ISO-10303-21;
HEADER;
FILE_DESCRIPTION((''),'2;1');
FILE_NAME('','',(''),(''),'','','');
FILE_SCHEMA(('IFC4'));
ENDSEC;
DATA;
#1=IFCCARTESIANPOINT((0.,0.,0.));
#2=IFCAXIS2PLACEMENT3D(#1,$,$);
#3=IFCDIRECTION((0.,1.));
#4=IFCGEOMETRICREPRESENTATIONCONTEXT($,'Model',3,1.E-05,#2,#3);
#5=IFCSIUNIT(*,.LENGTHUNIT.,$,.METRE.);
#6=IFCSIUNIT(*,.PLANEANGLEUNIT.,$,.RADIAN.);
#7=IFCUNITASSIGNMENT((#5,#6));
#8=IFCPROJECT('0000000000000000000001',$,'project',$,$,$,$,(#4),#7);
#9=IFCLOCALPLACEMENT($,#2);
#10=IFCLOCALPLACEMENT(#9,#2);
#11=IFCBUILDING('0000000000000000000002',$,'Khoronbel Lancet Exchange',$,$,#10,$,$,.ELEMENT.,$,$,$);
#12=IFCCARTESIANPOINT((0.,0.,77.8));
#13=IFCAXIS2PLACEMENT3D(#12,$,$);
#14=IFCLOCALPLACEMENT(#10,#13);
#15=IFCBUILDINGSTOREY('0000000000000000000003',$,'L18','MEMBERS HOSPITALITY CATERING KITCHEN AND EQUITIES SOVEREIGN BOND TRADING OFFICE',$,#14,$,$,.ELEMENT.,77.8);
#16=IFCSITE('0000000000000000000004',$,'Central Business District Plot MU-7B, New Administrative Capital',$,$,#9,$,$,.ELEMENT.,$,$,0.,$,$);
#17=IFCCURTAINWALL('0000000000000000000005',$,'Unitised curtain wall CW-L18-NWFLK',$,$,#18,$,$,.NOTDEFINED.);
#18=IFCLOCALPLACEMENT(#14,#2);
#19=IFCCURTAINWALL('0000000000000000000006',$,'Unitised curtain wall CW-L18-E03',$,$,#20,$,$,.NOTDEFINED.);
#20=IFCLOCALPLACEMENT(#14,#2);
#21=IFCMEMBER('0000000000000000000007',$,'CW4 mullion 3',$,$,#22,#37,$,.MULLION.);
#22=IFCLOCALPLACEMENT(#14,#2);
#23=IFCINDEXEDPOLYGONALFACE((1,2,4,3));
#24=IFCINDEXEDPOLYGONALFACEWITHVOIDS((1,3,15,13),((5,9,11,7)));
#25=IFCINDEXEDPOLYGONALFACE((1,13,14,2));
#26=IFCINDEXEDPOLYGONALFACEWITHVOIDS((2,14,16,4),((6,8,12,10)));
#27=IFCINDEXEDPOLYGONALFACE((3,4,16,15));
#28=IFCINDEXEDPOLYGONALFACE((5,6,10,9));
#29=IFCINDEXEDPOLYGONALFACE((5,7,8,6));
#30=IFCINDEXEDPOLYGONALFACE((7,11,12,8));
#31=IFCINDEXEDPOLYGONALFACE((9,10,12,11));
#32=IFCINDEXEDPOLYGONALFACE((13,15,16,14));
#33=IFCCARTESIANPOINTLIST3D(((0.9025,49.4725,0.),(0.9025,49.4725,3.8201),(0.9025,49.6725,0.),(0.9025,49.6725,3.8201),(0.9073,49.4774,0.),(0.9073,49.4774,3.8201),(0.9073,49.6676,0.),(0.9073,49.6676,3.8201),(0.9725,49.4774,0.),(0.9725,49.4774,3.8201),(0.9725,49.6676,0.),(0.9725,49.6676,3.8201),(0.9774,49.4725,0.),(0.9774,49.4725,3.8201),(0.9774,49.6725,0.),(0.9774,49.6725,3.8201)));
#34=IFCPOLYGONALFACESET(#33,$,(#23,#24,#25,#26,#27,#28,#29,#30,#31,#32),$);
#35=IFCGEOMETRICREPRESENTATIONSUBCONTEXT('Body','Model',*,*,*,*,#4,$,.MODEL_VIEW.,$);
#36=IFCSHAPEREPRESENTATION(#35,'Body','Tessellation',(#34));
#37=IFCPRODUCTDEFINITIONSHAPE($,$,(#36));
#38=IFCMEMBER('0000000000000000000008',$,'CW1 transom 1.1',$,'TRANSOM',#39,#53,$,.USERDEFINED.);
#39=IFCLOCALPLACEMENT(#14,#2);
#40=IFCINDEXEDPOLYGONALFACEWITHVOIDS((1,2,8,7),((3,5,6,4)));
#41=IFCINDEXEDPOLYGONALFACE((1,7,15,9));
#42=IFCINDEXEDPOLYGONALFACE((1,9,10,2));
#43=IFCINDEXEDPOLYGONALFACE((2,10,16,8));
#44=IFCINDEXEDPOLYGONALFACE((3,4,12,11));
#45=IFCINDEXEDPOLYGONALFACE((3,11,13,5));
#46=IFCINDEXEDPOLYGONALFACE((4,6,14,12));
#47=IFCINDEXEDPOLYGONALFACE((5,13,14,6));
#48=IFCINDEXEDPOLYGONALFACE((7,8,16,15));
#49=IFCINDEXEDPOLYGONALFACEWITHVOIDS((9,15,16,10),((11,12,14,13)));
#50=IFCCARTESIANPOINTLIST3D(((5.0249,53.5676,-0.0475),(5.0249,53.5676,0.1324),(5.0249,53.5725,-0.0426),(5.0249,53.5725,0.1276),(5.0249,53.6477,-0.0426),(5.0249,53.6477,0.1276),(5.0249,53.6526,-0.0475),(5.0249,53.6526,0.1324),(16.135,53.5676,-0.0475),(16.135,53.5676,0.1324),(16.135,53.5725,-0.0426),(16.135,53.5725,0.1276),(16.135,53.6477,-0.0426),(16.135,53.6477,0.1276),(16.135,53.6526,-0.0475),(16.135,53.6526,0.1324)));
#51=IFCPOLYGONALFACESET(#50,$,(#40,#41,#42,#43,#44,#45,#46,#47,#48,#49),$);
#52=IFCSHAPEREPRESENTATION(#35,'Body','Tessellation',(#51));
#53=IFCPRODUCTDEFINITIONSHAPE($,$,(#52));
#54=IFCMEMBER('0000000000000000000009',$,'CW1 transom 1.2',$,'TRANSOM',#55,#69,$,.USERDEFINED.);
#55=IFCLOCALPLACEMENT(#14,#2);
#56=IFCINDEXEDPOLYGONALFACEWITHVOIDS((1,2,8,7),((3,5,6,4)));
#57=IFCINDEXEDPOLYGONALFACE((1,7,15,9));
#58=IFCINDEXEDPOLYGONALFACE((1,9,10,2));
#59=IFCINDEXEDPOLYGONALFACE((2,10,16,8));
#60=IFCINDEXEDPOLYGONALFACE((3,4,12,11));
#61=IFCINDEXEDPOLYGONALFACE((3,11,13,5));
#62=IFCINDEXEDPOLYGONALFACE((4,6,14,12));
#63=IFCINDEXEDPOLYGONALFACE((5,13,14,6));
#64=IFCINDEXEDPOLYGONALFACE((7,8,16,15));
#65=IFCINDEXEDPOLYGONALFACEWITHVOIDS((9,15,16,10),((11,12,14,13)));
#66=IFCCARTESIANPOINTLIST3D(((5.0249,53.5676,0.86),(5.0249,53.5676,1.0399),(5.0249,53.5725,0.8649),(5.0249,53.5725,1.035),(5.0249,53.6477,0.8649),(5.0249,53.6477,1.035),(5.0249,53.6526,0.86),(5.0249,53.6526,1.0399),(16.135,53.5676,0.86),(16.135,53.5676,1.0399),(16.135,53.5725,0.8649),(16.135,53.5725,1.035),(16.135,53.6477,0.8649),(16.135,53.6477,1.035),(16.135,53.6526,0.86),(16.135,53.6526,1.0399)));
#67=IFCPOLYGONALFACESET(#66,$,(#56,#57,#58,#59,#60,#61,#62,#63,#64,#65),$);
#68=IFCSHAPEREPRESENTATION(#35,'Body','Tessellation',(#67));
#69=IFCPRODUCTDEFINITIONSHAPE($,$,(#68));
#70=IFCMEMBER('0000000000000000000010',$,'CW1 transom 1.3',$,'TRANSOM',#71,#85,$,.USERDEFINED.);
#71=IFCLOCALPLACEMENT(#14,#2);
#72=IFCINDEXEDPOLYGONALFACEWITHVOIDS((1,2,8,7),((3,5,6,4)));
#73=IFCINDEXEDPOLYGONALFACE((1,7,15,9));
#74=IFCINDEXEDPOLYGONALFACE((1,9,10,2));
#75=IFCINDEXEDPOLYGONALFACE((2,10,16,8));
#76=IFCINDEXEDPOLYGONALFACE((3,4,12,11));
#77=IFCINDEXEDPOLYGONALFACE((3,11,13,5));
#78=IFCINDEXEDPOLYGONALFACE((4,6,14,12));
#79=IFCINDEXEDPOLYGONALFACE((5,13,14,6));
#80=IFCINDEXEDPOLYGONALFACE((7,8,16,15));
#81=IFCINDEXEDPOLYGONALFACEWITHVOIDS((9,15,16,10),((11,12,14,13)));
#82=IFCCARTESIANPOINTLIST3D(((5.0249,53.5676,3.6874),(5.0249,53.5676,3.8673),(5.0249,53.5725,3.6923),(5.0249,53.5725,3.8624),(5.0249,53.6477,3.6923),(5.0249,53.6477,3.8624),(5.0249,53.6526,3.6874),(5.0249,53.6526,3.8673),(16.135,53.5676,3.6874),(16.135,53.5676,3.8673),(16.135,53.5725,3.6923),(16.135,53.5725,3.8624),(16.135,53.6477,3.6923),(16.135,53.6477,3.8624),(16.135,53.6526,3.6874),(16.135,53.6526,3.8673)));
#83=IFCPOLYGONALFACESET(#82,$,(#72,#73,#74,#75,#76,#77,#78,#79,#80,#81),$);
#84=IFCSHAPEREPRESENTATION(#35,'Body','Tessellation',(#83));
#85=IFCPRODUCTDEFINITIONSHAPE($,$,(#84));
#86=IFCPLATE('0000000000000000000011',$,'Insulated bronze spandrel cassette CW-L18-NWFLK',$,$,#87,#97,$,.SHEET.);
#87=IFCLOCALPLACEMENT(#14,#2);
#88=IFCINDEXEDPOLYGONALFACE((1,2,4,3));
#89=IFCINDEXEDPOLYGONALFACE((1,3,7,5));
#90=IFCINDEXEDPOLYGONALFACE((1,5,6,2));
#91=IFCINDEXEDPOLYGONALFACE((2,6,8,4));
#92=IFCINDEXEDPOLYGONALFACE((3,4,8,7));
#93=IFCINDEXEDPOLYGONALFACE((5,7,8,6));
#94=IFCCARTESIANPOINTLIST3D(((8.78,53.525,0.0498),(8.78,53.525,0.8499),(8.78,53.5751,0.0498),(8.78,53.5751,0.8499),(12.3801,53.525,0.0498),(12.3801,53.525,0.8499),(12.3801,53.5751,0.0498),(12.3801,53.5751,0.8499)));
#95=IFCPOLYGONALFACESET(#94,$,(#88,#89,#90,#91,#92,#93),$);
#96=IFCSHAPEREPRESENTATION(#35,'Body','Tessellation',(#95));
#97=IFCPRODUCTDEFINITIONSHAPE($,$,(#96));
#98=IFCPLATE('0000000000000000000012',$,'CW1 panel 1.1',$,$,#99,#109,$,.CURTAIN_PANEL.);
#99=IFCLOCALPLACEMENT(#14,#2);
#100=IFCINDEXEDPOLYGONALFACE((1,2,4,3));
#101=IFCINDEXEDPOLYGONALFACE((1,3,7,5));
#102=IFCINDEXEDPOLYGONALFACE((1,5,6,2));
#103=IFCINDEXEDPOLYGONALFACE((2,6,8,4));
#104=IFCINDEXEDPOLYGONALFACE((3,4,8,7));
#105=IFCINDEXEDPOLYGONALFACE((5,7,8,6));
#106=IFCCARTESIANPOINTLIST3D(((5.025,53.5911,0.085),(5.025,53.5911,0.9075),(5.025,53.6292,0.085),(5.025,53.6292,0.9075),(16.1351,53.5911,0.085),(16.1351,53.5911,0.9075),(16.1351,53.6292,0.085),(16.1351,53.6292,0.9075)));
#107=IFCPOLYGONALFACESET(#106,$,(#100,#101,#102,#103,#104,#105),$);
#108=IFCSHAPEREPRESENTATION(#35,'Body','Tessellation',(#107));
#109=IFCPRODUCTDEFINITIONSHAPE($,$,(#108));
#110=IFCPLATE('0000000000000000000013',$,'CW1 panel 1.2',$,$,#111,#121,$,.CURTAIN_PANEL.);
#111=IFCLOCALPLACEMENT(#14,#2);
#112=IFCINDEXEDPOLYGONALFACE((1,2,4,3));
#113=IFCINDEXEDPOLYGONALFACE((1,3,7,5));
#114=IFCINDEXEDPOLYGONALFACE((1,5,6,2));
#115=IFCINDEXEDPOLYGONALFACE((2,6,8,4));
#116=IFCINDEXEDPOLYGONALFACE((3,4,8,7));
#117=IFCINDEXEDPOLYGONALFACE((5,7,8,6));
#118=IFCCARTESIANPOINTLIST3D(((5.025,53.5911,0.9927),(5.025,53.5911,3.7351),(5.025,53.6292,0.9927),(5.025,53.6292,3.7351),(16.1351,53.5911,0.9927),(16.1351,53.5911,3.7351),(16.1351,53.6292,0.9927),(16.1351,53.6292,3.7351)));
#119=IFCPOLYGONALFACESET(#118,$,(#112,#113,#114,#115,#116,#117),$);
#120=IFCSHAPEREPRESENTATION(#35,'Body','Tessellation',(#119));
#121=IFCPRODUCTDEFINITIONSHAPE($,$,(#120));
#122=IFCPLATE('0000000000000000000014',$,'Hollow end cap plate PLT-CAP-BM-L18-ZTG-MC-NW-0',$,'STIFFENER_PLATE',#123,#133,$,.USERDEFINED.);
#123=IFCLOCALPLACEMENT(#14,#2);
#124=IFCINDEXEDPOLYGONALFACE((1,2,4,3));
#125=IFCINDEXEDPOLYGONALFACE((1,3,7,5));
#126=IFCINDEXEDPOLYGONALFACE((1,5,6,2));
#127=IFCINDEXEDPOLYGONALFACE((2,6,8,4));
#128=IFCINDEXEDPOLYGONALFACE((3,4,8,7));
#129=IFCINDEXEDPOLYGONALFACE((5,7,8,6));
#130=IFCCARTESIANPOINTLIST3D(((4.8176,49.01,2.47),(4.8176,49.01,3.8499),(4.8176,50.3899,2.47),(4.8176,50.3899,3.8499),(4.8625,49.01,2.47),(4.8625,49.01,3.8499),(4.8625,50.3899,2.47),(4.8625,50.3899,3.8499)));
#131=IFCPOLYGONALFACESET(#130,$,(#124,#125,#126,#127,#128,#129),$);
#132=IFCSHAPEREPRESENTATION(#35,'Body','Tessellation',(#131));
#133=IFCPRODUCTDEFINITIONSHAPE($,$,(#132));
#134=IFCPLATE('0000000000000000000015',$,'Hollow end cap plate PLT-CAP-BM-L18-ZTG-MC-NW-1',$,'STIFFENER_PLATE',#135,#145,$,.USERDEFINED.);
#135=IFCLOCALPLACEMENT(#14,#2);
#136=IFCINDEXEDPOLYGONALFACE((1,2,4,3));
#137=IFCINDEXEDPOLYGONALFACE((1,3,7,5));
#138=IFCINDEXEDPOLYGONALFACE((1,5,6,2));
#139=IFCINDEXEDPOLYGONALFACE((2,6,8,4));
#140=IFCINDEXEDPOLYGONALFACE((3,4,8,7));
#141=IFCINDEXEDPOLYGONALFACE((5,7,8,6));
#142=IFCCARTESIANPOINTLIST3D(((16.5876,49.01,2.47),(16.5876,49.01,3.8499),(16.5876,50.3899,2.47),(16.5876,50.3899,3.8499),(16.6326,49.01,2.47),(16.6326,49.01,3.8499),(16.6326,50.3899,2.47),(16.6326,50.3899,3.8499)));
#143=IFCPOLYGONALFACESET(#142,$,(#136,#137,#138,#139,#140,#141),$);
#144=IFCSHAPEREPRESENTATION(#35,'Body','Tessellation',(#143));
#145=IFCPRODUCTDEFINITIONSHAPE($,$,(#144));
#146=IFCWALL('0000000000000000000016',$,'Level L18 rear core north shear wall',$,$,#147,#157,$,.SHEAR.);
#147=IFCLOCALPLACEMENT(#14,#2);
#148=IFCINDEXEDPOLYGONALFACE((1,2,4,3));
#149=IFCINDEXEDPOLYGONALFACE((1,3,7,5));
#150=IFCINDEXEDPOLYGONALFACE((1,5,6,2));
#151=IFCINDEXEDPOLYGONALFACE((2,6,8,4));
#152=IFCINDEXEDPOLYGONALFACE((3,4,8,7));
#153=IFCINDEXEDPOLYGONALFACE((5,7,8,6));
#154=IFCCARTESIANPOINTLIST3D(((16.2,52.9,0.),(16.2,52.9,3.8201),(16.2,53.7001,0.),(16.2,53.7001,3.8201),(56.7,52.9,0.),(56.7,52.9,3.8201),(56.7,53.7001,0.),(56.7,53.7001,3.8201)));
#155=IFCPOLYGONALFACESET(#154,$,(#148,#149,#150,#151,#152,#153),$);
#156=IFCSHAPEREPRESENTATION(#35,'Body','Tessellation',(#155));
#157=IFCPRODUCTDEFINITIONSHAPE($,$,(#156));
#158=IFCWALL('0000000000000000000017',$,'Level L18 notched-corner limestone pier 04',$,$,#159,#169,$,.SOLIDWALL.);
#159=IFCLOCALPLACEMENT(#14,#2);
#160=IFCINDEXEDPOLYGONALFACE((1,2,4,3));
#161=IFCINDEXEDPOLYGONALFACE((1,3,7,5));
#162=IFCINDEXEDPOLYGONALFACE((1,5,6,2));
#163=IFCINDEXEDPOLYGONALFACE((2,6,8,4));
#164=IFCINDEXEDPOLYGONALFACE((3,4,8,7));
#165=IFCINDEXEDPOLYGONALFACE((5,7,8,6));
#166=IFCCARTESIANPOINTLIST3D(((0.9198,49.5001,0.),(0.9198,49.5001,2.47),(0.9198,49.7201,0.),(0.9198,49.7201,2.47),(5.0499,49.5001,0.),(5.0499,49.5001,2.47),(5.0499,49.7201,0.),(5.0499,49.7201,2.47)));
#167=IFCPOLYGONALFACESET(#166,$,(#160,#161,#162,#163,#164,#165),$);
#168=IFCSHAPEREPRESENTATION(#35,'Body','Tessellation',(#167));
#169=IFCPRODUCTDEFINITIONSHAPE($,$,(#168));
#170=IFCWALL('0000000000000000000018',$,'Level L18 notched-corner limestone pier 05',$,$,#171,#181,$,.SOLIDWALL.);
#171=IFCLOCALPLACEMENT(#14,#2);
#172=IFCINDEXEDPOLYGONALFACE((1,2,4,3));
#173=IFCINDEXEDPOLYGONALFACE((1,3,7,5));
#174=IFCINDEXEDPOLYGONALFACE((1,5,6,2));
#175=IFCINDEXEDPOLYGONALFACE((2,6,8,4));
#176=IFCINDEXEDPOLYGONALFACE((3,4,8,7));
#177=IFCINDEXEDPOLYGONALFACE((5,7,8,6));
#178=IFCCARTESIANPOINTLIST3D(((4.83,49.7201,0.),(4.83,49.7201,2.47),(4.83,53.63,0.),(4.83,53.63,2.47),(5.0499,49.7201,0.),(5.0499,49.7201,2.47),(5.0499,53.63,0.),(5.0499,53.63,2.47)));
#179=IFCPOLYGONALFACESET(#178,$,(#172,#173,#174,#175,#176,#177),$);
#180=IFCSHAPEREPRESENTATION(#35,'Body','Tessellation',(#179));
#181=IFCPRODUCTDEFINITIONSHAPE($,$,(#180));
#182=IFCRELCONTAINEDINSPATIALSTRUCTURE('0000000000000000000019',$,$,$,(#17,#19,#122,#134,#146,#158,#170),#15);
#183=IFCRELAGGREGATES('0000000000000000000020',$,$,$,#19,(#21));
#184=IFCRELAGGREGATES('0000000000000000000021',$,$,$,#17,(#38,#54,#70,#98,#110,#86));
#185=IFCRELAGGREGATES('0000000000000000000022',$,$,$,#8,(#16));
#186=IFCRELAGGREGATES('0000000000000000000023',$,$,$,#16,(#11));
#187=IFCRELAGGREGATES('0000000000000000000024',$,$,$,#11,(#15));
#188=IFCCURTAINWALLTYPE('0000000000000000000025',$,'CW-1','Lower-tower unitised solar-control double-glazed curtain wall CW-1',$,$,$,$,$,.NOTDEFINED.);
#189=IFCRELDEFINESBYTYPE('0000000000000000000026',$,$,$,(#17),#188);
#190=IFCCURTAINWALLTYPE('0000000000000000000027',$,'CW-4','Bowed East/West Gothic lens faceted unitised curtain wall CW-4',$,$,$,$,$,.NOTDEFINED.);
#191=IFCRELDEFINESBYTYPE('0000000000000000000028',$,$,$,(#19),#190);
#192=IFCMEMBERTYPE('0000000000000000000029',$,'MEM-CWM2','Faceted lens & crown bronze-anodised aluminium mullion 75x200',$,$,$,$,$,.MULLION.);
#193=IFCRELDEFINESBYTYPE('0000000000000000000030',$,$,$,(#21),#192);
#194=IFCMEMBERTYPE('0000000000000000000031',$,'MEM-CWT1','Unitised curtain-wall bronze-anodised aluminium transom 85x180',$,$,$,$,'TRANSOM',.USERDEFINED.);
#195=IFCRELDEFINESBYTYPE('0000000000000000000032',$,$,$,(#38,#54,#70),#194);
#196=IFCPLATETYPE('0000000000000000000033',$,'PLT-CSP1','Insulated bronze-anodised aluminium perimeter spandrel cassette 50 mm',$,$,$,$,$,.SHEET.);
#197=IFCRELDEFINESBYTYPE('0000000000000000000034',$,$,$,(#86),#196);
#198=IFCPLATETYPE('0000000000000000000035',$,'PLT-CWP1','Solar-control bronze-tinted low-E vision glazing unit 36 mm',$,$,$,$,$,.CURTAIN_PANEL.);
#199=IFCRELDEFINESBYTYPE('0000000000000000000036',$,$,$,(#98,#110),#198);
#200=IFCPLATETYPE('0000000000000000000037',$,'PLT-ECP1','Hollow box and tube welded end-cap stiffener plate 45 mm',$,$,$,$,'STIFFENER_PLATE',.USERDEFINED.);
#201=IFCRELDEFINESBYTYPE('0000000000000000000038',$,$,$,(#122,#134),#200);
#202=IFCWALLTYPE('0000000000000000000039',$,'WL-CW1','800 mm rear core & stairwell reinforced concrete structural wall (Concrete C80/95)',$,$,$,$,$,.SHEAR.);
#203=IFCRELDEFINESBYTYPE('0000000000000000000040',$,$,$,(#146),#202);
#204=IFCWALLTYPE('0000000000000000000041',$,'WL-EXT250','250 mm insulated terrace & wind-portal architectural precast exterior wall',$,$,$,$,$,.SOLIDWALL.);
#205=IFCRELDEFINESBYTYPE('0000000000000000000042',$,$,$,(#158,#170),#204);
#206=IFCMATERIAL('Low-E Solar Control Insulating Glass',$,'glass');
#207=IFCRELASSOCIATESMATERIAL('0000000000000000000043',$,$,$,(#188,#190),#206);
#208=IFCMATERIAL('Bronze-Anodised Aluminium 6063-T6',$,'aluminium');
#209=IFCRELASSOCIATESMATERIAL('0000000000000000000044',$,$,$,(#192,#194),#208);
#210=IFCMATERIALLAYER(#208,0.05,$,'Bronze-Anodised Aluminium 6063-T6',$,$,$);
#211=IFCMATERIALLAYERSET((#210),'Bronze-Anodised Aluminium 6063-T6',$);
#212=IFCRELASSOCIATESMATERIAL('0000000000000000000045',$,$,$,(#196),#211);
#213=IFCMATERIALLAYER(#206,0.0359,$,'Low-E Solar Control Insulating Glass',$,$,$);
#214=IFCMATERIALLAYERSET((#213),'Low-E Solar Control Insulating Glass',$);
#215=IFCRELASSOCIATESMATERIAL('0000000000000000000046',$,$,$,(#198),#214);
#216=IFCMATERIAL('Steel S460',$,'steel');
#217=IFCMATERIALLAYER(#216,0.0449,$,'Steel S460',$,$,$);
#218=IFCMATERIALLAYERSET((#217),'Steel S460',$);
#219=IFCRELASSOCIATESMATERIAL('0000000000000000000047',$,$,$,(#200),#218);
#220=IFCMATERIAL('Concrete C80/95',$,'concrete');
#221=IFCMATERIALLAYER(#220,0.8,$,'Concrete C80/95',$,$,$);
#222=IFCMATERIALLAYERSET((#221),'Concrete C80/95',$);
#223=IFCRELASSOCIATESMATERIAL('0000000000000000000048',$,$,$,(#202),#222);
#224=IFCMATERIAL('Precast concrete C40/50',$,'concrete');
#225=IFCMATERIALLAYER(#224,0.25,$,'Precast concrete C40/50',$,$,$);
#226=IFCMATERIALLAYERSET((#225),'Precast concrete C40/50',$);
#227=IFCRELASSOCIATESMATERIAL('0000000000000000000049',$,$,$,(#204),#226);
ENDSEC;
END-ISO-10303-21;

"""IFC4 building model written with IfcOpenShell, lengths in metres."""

from ifc_helpers import new_model, si_unit, direction, frame, frame_2d, origin, origin_2d, place, context, subcontext, project, spatial, rectangle, hollow_rectangle, extrude, material, layer, layer_set, material_profile, profile_set, type_object, element, aggregate, save


model = new_model("IFC4")

# Units and contexts
model_context = context("Model", 3, precision=1e-05, world=origin(), true_north=direction((0.0, 1.0)))
body_context = subcontext(model_context, "Body", "Model", "MODEL_VIEW")
ifc_project = project(units=[si_unit("LENGTHUNIT", "METRE"), si_unit("PLANEANGLEUNIT", "RADIAN")], contexts=[model_context])

# Site, building, storey
site_placement = place(None, origin())
site = spatial("IfcSite", under=ifc_project, at=site_placement, Name="Central Business District Plot MU-7B, New Administrative Capital", CompositionType="ELEMENT", RefElevation=0.0)
building_placement = place(site_placement, origin())
building = spatial("IfcBuilding", under=site, at=building_placement, Name="Khoronbel Lancet Exchange", CompositionType="ELEMENT")
storey_placement = place(building_placement, frame((0.0, 0.0, 77.8)))
storey = spatial("IfcBuildingStorey", under=building, at=storey_placement, Name="L18", Description="MEMBERS HOSPITALITY CATERING KITCHEN AND EQUITIES SOVEREIGN BOND TRADING OFFICE", CompositionType="ELEMENT", Elevation=77.8)

# Shared definitions
ifc_material_1 = material(Name="Steel S460", Category="steel")

# Curtain wall
ifc_material_2 = material(Name="Low-E Solar Control Insulating Glass", Category="glass")
curtain_wall_type_1 = type_object("IfcCurtainWallType", Name="CW-1", Description="Lower-tower unitised solar-control double-glazed curtain wall CW-1", PredefinedType="NOTDEFINED", material=ifc_material_2)
curtain_wall_1_placement = place(storey_placement, origin())
curtain_wall_1 = element("IfcCurtainWall", 1, at=curtain_wall_1_placement, inside=storey, type_object=curtain_wall_type_1, Name="Unitised curtain wall CW-L18-NWFLK", PredefinedType="NOTDEFINED")
ifc_material_3 = material(Name="Bronze-Anodised Aluminium 6063-T6", Category="aluminium")

# Curtain wall, member
curtain_wall_type_2 = type_object("IfcCurtainWallType", Name="CW-4", Description="Bowed East/West Gothic lens faceted unitised curtain wall CW-4", PredefinedType="NOTDEFINED", material=ifc_material_2)
curtain_wall_2_placement = place(storey_placement, origin())
curtain_wall_2 = element("IfcCurtainWall", 2, at=curtain_wall_2_placement, inside=storey, type_object=curtain_wall_type_2, Name="Unitised curtain wall CW-L18-E03", PredefinedType="NOTDEFINED")
ifc_material_profile_1 = material_profile(ifc_material_3, hollow_rectangle(XDim=0.075, YDim=0.2, WallThickness=0.0049, at=origin_2d()), Name="ALU MULLION 75x200")
ifc_profile_set_1 = profile_set([ifc_material_profile_1], Name="Bronze-Anodised Aluminium 6063-T6")
member_type_1 = type_object("IfcMemberType", Name="MEM-CWM2", Description="Faceted lens & crown bronze-anodised aluminium mullion 75x200", PredefinedType="MULLION", material=ifc_profile_set_1)
member_1_placement = place(storey_placement, frame((0.9399, 49.5725, 0.0), z_axis=(0.0, 0.0, 1.0), x_axis=(-1.0, 0.0, 0.0)))
member_1 = element("IfcMember", 3, at=member_1_placement, type_object=member_type_1, Name="CW4 mullion 3", PredefinedType="MULLION", context=body_context, shape_type="SweptSolid", body=[
    extrude(hollow_rectangle(XDim=0.075, YDim=0.2, WallThickness=0.0049, at=origin_2d()), origin(), (0.0, 0.0, 1.0), 3.8201),
])
aggregate(curtain_wall_2, [member_1])

# Members
ifc_material_profile_2 = material_profile(ifc_material_3, hollow_rectangle(XDim=0.085, YDim=0.1799, WallThickness=0.0049, at=origin_2d()), Name="ALU TRANSOM 85x180")
ifc_profile_set_2 = profile_set([ifc_material_profile_2], Name="Bronze-Anodised Aluminium 6063-T6")
member_type_2 = type_object("IfcMemberType", Name="MEM-CWT1", Description="Unitised curtain-wall bronze-anodised aluminium transom 85x180", ElementType="TRANSOM", PredefinedType="USERDEFINED", material=ifc_profile_set_2)
member_2_placement = place(storey_placement, frame((16.135, 53.6101, 0.0425), z_axis=(-1.0, 0.0, 0.0), x_axis=(0.0, -1.0, 0.0)))
member_2 = element("IfcMember", 4, at=member_2_placement, type_object=member_type_2, Name="CW1 transom 1.1", ObjectType="TRANSOM", PredefinedType="USERDEFINED", context=body_context, shape_type="SweptSolid", body=[
    extrude(hollow_rectangle(XDim=0.085, YDim=0.1799, WallThickness=0.0049, at=origin_2d()), origin(), (0.0, 0.0, 1.0), 11.1101),
])
member_3_placement = place(storey_placement, frame((16.135, 53.6101, 0.95), z_axis=(-1.0, 0.0, 0.0), x_axis=(0.0, -1.0, 0.0)))
member_3 = element("IfcMember", 5, at=member_3_placement, type_object=member_type_2, Name="CW1 transom 1.2", ObjectType="TRANSOM", PredefinedType="USERDEFINED", context=body_context, shape_type="SweptSolid", body=[
    extrude(hollow_rectangle(XDim=0.085, YDim=0.1799, WallThickness=0.0049, at=origin_2d()), origin(), (0.0, 0.0, 1.0), 11.1101),
])
member_4_placement = place(storey_placement, frame((16.135, 53.6101, 3.7773), z_axis=(-1.0, 0.0, 0.0), x_axis=(0.0, -1.0, 0.0)))
member_4 = element("IfcMember", 6, at=member_4_placement, type_object=member_type_2, Name="CW1 transom 1.3", ObjectType="TRANSOM", PredefinedType="USERDEFINED", context=body_context, shape_type="SweptSolid", body=[
    extrude(hollow_rectangle(XDim=0.085, YDim=0.1799, WallThickness=0.0049, at=origin_2d()), origin(), (0.0, 0.0, 1.0), 11.1101),
])

# Plates
ifc_layer_1 = layer(ifc_material_3, 0.05, Name="Bronze-Anodised Aluminium 6063-T6")
ifc_layer_set_1 = layer_set([ifc_layer_1], Name="Bronze-Anodised Aluminium 6063-T6")
plate_type_1 = type_object("IfcPlateType", Name="PLT-CSP1", Description="Insulated bronze-anodised aluminium perimeter spandrel cassette 50 mm", PredefinedType="SHEET", material=ifc_layer_set_1)
plate_1_placement = place(storey_placement, frame((10.5801, 53.55, 0.0498), z_axis=(0.0, 0.0, 1.0), x_axis=(-1.0, 0.0, 0.0)))
plate_1 = element("IfcPlate", 7, at=plate_1_placement, type_object=plate_type_1, Name="Insulated bronze spandrel cassette CW-L18-NWFLK", PredefinedType="SHEET", context=body_context, shape_type="SweptSolid", body=[
    extrude(rectangle(XDim=3.6001, YDim=0.05, at=origin_2d()), origin(), (0.0, 0.0, 1.0), 0.8),
])
ifc_layer_2 = layer(ifc_material_2, 0.0359, Name="Low-E Solar Control Insulating Glass")
ifc_layer_set_2 = layer_set([ifc_layer_2], Name="Low-E Solar Control Insulating Glass")
plate_type_2 = type_object("IfcPlateType", Name="PLT-CWP1", Description="Solar-control bronze-tinted low-E vision glazing unit 36 mm", PredefinedType="CURTAIN_PANEL", material=ifc_layer_set_2)
plate_2_placement = place(storey_placement, frame((10.5801, 53.6101, 0.085), z_axis=(0.0, 0.0, 1.0), x_axis=(-1.0, 0.0, 0.0)))
plate_2 = element("IfcPlate", 8, at=plate_2_placement, type_object=plate_type_2, Name="CW1 panel 1.1", PredefinedType="CURTAIN_PANEL", context=body_context, shape_type="SweptSolid", body=[
    extrude(rectangle(XDim=11.1101, YDim=0.0381, at=origin_2d()), origin(), (0.0, 0.0, 1.0), 0.8225),
])
plate_3_placement = place(storey_placement, frame((10.5801, 53.6101, 0.9927), z_axis=(0.0, 0.0, 1.0), x_axis=(-1.0, 0.0, 0.0)))
plate_3 = element("IfcPlate", 9, at=plate_3_placement, type_object=plate_type_2, Name="CW1 panel 1.2", PredefinedType="CURTAIN_PANEL", context=body_context, shape_type="SweptSolid", body=[
    extrude(rectangle(XDim=11.1101, YDim=0.0381, at=origin_2d()), origin(), (0.0, 0.0, 1.0), 2.7424),
])
aggregate(curtain_wall_1, [member_2, member_3, member_4, plate_2, plate_3, plate_1])

# Plates
ifc_layer_3 = layer(ifc_material_1, 0.0449, Name="Steel S460")
ifc_layer_set_3 = layer_set([ifc_layer_3], Name="Steel S460")
plate_type_3 = type_object("IfcPlateType", Name="PLT-ECP1", Description="Hollow box and tube welded end-cap stiffener plate 45 mm", ElementType="STIFFENER_PLATE", PredefinedType="USERDEFINED", material=ifc_layer_set_3)
for number, where, z_axis, x_axis, name in (
    (10, (4.8401, 49.7, 2.47), (0.0, 0.0, 1.0), (-1.0, 0.0, 0.0), "Hollow end cap plate PLT-CAP-BM-L18-ZTG-MC-NW-0"),
    (11, (16.6101, 49.7, 2.47), (0.0, 0.0, 1.0), (1.0, 0.0, 0.0), "Hollow end cap plate PLT-CAP-BM-L18-ZTG-MC-NW-1"),
):
    element("IfcPlate", number, at=place(storey_placement, frame(where, z_axis=z_axis, x_axis=x_axis)), inside=storey, type_object=plate_type_3, Name=name, ObjectType="STIFFENER_PLATE", PredefinedType="USERDEFINED", context=body_context, shape_type="SweptSolid", body=[
        extrude(rectangle(XDim=0.0449, YDim=1.3799, at=origin_2d()), origin(), (0.0, 0.0, 1.0), 1.3799),
    ])

# Walls
ifc_material_4 = material(Name="Concrete C80/95", Category="concrete")
ifc_layer_4 = layer(ifc_material_4, 0.8, Name="Concrete C80/95")
ifc_layer_set_4 = layer_set([ifc_layer_4], Name="Concrete C80/95")
wall_type_1 = type_object("IfcWallType", Name="WL-CW1", Description="800 mm rear core & stairwell reinforced concrete structural wall (Concrete C80/95)", PredefinedType="SHEAR", material=ifc_layer_set_4)
wall_1_placement = place(storey_placement, frame((16.2, 53.3, 0.0), z_axis=(0.0, 0.0, 1.0), x_axis=(1.0, 0.0, 0.0)))
element("IfcWall", 12, at=wall_1_placement, inside=storey, type_object=wall_type_1, Name="Level L18 rear core north shear wall", PredefinedType="SHEAR", context=body_context, shape_type="SweptSolid", body=[
    extrude(rectangle(XDim=40.5, YDim=0.8, at=frame_2d((20.25, 0.0))), origin(), (0.0, 0.0, 1.0), 3.8201),
])
ifc_material_5 = material(Name="Precast concrete C40/50", Category="concrete")
ifc_layer_5 = layer(ifc_material_5, 0.25, Name="Precast concrete C40/50")
ifc_layer_set_5 = layer_set([ifc_layer_5], Name="Precast concrete C40/50")
wall_type_2 = type_object("IfcWallType", Name="WL-EXT250", Description="250 mm insulated terrace & wind-portal architectural precast exterior wall", PredefinedType="SOLIDWALL", material=ifc_layer_set_5)
wall_2_placement = place(storey_placement, frame((0.9199, 49.6101, 0.0), z_axis=(0.0, 0.0, 1.0), x_axis=(1.0, 0.0, 0.0)))
element("IfcWall", 13, at=wall_2_placement, inside=storey, type_object=wall_type_2, Name="Level L18 notched-corner limestone pier 04", PredefinedType="SOLIDWALL", context=body_context, shape_type="SweptSolid", body=[
    extrude(rectangle(XDim=4.1301, YDim=0.22, at=frame_2d((2.0649, 0.0))), origin(), (0.0, 0.0, 1.0), 2.47),
])
wall_3_placement = place(storey_placement, frame((4.9399, 49.72, 0.0), z_axis=(0.0, 0.0, 1.0), x_axis=(0.0, 1.0, 0.0)))
element("IfcWall", 14, at=wall_3_placement, inside=storey, type_object=wall_type_2, Name="Level L18 notched-corner limestone pier 05", PredefinedType="SOLIDWALL", context=body_context, shape_type="SweptSolid", body=[
    extrude(rectangle(XDim=3.9099, YDim=0.22, at=frame_2d((1.9551, 0.0))), origin(), (0.0, 0.0, 1.0), 2.47),
])

save(model, "model.ifc")
